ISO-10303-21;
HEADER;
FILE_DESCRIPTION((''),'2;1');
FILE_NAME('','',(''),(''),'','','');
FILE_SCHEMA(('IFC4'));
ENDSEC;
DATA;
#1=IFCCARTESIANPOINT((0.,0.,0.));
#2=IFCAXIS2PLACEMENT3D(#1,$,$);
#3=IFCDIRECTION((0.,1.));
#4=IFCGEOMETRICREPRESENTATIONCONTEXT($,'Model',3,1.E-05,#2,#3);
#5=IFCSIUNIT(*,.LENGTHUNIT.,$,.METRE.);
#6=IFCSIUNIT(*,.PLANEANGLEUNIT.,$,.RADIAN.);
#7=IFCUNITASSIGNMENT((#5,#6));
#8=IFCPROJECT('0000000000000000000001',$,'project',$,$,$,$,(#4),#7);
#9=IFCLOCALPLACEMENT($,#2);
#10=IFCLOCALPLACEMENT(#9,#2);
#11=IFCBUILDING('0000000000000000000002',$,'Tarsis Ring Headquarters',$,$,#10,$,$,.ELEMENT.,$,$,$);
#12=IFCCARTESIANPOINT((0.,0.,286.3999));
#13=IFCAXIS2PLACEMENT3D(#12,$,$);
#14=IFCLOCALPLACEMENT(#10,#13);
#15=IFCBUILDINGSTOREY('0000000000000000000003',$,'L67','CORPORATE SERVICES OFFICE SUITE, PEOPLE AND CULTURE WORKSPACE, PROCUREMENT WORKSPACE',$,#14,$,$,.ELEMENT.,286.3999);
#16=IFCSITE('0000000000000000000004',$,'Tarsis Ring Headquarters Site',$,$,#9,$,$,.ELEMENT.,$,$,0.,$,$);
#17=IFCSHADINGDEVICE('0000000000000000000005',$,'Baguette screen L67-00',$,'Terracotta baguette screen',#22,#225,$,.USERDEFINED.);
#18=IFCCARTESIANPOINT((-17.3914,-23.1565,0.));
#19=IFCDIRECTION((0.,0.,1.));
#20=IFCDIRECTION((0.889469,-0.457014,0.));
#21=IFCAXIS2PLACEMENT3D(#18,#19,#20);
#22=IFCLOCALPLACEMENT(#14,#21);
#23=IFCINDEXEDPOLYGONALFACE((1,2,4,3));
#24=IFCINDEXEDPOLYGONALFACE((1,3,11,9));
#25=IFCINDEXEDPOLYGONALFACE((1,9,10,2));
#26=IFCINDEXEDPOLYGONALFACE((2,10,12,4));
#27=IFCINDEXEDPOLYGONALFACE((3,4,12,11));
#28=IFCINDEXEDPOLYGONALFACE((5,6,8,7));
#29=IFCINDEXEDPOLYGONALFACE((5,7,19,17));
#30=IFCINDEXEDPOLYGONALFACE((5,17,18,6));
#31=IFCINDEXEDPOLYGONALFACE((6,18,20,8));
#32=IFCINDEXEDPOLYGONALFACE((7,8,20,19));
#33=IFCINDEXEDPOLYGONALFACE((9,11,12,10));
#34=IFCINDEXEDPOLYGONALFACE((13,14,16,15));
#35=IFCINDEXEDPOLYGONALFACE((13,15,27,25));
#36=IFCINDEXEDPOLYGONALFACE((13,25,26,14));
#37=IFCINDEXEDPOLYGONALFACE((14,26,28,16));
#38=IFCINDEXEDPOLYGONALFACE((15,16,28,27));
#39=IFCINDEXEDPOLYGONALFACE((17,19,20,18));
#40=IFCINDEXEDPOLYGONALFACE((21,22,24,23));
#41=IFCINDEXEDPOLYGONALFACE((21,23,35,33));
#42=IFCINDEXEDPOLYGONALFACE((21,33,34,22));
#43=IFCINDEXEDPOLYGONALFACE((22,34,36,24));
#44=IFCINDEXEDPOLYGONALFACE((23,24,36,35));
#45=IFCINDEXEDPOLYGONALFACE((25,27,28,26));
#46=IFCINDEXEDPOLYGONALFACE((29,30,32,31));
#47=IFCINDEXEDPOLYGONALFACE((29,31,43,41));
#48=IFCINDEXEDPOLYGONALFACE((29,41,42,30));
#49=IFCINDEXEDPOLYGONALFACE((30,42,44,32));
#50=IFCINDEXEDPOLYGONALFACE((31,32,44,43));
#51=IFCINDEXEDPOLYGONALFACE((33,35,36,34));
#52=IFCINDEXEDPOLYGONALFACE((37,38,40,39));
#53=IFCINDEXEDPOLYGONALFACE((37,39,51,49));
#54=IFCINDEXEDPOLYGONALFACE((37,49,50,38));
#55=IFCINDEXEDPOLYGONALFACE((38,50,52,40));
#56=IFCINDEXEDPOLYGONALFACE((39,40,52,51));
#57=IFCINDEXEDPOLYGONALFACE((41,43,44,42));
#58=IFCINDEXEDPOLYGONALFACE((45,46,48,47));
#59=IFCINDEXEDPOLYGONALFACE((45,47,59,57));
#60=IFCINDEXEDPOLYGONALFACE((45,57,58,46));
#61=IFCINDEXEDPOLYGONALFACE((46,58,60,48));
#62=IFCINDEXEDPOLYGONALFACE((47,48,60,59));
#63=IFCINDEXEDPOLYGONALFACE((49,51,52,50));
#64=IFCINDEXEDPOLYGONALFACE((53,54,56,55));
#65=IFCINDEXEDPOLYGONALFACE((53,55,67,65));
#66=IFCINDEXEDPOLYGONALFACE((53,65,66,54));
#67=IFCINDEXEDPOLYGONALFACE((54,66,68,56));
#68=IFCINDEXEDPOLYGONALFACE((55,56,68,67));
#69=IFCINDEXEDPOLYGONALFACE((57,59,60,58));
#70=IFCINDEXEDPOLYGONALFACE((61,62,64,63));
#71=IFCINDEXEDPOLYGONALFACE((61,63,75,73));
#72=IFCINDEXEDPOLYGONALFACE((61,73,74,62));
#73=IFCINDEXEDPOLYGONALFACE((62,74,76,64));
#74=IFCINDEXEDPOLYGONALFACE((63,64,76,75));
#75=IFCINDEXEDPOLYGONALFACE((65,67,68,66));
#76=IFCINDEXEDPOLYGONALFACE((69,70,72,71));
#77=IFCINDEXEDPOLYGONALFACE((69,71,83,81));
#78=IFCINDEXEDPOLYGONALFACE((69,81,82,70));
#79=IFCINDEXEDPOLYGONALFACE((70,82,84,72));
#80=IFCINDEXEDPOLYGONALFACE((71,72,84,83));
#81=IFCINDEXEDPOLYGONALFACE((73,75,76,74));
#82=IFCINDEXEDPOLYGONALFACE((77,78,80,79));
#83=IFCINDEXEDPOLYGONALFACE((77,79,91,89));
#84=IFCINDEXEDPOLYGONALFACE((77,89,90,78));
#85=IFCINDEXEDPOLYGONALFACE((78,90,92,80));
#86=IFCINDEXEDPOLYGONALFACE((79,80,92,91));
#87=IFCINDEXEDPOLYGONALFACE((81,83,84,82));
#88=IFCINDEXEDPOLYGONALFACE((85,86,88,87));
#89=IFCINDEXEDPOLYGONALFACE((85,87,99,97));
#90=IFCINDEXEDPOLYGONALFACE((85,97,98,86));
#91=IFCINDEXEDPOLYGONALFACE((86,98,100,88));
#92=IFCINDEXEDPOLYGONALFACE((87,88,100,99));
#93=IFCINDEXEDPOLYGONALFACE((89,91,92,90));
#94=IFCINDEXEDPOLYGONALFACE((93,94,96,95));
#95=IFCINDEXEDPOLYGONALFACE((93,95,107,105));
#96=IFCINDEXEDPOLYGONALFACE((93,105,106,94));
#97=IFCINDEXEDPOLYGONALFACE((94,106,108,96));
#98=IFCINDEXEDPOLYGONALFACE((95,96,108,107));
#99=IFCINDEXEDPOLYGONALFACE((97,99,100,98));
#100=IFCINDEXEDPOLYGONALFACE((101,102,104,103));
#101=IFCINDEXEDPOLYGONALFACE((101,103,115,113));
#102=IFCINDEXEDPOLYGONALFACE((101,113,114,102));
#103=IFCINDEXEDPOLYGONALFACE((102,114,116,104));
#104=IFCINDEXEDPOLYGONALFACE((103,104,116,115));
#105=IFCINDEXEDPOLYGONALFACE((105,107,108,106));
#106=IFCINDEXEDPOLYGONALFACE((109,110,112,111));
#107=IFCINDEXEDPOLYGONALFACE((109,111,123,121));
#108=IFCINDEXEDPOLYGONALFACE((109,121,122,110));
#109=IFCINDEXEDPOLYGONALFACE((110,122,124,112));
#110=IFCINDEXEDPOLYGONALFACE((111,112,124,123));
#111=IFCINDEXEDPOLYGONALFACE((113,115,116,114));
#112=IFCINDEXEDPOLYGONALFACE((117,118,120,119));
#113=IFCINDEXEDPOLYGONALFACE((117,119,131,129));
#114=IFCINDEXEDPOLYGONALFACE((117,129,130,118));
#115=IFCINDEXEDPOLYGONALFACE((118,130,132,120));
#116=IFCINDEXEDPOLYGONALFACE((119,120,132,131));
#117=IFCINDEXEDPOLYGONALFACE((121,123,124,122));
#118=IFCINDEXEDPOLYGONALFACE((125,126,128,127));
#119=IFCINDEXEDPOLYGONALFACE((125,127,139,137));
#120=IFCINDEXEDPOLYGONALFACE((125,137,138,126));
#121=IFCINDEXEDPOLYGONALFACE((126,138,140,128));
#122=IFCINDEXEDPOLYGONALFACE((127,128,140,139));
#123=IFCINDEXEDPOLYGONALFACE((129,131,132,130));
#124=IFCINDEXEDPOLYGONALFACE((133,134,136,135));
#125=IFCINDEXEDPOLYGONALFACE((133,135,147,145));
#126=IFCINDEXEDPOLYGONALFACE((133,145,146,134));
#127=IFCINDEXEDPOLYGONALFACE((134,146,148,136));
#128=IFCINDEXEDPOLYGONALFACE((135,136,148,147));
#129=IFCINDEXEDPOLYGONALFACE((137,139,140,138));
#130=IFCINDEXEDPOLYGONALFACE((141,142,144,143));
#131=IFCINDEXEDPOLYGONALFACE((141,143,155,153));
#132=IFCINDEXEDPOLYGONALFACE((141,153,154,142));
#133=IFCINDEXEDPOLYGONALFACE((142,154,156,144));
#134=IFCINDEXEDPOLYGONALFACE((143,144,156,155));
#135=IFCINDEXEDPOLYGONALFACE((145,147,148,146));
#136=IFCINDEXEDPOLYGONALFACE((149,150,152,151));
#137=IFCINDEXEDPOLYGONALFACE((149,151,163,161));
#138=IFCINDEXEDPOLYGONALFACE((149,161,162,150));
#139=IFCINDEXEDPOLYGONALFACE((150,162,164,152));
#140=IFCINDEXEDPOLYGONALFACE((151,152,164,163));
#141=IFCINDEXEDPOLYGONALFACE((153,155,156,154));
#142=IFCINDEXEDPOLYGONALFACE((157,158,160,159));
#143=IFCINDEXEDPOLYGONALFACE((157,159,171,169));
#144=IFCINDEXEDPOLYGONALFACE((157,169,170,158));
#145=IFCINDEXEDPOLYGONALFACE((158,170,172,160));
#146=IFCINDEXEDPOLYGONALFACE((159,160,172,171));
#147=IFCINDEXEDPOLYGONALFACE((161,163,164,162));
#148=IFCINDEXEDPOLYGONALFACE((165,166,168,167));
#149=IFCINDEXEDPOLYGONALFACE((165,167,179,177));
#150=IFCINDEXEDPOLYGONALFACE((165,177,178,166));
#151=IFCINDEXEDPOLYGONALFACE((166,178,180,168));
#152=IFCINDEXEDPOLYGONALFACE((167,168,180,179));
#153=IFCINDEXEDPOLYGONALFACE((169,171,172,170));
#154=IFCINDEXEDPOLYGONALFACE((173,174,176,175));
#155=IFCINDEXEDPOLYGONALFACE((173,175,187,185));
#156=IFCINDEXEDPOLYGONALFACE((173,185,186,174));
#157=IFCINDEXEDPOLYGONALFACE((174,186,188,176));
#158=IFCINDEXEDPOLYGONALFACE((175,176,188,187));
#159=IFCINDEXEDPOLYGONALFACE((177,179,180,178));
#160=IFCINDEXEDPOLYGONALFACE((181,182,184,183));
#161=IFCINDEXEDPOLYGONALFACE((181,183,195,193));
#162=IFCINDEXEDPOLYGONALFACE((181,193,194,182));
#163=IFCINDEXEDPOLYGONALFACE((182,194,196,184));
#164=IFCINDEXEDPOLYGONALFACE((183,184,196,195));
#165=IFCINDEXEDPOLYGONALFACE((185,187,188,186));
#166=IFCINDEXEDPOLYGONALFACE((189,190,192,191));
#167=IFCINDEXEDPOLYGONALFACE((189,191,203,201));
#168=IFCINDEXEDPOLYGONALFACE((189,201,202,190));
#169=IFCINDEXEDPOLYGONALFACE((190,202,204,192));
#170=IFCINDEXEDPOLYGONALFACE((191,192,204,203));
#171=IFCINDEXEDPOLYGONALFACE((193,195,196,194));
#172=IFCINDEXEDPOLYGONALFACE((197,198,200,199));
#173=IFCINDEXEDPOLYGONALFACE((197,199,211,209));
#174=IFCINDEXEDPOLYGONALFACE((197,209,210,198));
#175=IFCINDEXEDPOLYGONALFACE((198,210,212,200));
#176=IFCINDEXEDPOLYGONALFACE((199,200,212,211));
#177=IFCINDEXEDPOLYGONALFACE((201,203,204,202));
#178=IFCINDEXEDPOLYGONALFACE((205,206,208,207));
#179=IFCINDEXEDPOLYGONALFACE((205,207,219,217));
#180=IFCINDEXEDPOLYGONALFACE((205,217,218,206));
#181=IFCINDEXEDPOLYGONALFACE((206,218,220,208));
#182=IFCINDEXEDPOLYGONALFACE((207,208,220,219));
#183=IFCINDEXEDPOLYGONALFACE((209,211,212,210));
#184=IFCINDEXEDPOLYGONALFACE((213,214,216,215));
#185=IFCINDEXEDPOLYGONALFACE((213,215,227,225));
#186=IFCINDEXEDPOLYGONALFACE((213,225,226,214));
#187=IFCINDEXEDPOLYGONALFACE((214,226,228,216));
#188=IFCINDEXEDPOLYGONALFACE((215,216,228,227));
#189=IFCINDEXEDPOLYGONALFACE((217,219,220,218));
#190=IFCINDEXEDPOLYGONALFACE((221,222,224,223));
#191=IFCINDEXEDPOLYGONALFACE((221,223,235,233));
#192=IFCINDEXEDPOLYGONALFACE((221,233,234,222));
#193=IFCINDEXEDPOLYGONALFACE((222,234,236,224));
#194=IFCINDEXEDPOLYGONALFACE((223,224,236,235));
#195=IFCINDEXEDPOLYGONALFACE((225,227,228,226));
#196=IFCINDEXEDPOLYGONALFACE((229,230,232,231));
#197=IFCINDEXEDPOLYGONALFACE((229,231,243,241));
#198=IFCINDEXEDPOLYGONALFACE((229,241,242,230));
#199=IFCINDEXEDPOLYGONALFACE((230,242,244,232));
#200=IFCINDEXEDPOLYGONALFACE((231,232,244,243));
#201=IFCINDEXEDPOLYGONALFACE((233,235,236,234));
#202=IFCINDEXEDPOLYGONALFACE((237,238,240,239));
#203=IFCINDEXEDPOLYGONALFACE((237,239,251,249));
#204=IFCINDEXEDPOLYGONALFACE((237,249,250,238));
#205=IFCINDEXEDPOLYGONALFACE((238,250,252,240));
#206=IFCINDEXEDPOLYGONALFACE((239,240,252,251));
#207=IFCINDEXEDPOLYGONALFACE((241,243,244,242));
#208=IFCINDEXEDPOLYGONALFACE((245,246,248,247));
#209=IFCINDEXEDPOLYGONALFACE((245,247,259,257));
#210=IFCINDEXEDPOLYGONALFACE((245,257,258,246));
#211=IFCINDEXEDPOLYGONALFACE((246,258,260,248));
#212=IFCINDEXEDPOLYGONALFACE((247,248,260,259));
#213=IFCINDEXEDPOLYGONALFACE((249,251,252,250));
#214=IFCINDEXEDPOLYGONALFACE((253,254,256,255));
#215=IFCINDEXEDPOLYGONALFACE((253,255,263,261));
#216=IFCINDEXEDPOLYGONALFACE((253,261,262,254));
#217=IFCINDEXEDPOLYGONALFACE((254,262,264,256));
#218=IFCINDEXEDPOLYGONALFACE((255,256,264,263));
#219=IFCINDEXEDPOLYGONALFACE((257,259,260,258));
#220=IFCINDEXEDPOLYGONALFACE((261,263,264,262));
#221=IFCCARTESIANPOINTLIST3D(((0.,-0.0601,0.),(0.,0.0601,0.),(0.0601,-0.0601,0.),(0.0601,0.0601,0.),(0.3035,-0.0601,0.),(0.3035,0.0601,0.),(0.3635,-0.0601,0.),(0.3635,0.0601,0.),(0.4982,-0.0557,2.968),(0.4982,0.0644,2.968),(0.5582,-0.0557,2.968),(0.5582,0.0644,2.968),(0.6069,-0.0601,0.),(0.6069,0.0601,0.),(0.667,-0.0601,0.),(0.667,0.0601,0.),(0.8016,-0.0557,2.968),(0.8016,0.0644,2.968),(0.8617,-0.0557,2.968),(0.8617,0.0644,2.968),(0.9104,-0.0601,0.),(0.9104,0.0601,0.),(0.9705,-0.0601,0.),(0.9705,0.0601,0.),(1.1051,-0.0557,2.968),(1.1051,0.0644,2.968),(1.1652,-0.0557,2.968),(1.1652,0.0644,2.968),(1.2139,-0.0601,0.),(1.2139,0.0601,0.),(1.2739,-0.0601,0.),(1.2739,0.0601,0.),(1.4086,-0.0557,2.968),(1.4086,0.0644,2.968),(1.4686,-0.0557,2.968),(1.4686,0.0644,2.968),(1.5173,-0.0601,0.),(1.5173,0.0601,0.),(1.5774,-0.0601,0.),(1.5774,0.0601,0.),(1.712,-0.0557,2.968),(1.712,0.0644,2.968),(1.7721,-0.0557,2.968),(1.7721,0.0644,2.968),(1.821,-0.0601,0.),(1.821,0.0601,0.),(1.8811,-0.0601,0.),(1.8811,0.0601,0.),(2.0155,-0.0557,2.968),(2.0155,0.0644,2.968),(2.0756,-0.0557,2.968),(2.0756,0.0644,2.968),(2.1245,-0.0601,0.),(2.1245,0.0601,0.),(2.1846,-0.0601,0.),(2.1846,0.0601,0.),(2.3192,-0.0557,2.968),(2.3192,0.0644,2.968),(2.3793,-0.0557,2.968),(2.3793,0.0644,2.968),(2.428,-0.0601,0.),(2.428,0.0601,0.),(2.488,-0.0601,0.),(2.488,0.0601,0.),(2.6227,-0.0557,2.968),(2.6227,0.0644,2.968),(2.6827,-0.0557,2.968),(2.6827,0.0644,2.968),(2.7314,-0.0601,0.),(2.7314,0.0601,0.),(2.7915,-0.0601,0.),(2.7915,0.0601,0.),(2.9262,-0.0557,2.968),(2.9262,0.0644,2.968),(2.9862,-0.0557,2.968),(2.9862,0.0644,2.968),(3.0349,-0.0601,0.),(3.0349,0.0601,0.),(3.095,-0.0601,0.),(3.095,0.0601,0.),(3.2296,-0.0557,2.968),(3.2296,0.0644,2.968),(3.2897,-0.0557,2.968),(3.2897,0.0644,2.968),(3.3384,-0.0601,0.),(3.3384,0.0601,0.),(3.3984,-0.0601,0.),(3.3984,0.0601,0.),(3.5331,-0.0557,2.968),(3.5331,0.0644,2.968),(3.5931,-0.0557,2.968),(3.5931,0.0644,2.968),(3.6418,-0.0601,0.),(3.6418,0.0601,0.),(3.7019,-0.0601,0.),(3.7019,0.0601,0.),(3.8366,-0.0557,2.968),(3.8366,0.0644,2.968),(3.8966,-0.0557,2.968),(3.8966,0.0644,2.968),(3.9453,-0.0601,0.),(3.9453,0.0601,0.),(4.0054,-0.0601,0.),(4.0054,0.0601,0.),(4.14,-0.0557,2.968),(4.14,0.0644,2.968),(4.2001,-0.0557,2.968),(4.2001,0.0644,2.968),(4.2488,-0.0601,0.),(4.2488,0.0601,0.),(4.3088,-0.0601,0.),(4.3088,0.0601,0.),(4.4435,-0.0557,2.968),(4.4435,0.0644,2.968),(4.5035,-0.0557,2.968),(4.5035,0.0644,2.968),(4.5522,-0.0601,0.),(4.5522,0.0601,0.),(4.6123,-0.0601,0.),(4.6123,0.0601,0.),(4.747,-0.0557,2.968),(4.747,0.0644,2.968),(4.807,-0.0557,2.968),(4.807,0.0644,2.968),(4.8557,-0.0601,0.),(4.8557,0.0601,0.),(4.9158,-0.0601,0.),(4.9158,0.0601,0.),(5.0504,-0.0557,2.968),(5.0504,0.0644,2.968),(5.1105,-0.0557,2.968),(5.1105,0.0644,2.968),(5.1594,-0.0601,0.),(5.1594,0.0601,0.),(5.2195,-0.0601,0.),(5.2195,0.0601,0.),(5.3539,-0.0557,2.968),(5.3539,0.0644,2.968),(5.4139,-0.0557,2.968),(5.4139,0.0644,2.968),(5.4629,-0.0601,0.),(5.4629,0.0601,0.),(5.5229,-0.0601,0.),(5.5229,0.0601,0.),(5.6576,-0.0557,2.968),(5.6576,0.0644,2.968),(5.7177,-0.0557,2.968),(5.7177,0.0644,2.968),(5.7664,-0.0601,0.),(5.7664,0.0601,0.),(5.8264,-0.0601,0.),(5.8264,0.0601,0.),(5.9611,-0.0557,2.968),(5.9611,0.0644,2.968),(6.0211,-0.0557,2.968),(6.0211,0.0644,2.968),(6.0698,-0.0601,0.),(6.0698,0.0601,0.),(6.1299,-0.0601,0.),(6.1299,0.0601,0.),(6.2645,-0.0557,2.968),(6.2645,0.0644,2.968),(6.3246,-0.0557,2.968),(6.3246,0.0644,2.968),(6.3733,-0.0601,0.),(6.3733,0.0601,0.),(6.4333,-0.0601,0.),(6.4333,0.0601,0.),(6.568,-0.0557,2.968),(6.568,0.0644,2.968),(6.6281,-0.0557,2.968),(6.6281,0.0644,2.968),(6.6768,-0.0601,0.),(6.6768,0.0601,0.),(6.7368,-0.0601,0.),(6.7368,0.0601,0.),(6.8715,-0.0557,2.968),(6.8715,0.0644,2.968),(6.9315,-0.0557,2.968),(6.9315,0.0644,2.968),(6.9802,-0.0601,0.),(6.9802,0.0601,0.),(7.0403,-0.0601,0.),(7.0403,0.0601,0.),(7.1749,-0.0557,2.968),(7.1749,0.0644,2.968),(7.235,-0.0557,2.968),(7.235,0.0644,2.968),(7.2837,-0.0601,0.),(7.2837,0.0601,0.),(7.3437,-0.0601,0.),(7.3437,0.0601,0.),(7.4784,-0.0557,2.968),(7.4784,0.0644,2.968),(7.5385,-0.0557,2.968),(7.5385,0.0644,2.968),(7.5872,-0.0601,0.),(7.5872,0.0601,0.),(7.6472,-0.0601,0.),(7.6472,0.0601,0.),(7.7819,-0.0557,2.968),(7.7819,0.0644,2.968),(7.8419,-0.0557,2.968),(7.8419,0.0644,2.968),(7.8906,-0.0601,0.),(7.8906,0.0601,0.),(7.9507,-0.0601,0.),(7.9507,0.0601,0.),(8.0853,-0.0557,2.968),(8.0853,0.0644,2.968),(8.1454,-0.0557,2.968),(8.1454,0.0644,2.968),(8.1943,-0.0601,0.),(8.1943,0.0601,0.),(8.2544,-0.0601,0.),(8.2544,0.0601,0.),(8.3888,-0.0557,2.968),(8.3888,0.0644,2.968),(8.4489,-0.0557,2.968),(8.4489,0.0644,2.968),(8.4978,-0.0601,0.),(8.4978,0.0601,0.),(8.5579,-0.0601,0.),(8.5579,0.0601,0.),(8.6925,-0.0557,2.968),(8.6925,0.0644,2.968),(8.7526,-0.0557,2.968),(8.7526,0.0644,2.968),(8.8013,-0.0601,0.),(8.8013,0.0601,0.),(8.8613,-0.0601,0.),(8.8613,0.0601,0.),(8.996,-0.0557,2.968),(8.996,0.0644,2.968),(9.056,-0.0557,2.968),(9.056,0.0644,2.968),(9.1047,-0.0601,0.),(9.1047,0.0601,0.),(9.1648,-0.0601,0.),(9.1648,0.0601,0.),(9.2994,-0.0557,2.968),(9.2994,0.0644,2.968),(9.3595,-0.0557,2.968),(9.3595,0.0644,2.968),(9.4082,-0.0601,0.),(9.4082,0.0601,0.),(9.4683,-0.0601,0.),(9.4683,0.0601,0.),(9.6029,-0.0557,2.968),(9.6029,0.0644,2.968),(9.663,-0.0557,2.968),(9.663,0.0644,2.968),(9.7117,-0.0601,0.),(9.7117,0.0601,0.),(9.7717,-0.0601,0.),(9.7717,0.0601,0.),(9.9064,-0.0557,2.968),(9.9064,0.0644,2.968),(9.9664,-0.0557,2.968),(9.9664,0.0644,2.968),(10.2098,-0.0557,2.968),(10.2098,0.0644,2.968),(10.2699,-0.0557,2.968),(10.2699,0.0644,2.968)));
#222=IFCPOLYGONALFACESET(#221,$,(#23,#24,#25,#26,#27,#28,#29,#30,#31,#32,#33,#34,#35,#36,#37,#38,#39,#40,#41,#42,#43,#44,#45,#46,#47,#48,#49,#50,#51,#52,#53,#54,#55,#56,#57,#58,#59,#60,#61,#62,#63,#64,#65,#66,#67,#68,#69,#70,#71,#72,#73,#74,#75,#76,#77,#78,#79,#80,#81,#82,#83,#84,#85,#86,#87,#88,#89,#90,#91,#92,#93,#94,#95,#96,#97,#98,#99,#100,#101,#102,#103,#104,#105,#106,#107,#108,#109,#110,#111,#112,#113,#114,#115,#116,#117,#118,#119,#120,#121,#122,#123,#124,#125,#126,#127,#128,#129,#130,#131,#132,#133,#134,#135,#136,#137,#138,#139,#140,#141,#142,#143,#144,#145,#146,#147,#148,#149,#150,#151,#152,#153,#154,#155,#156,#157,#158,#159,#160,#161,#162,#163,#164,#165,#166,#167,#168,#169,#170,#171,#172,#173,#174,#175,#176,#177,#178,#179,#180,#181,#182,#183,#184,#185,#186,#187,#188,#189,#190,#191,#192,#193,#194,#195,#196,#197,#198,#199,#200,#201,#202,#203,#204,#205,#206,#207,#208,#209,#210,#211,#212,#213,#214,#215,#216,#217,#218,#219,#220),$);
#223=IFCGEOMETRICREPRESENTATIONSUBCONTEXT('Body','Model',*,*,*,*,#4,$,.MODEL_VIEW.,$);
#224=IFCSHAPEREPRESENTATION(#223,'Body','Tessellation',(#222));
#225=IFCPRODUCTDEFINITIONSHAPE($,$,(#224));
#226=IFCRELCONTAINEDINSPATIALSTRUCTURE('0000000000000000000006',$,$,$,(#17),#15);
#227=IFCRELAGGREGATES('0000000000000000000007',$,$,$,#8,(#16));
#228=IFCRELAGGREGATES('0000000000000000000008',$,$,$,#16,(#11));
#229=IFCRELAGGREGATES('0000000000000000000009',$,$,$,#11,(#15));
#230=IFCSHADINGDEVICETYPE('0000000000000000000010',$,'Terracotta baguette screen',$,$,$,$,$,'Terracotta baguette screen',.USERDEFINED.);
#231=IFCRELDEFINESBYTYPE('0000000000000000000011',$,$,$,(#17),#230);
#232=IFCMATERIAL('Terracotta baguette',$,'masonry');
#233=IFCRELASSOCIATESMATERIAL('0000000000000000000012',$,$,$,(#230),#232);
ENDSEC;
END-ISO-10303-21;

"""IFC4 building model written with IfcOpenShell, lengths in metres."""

from ifc_helpers import new_model, si_unit, direction, frame, frame_2d, origin, place, context, subcontext, project, spatial, rectangle, composite_profile, extrude, material, type_object, element, save


model = new_model("IFC4")

# Units and contexts
model_context = context("Model", 3, precision=1e-05, world=origin(), true_north=direction((0.0, 1.0)))
body_context = subcontext(model_context, "Body", "Model", "MODEL_VIEW")
ifc_project = project(units=[si_unit("LENGTHUNIT", "METRE"), si_unit("PLANEANGLEUNIT", "RADIAN")], contexts=[model_context])

# Site, building, storey
site_placement = place(None, origin())
site = spatial("IfcSite", under=ifc_project, at=site_placement, Name="Tarsis Ring Headquarters Site", CompositionType="ELEMENT", RefElevation=0.0)
building_placement = place(site_placement, origin())
building = spatial("IfcBuilding", under=site, at=building_placement, Name="Tarsis Ring Headquarters", CompositionType="ELEMENT")
storey_placement = place(building_placement, frame((0.0, 0.0, 286.3999)))
storey = spatial("IfcBuildingStorey", under=building, at=storey_placement, Name="L67", Description="CORPORATE SERVICES OFFICE SUITE, PEOPLE AND CULTURE WORKSPACE, PROCUREMENT WORKSPACE", CompositionType="ELEMENT", Elevation=286.3999)

# Shading device
ifc_material_1 = material(Name="Terracotta baguette", Category="masonry")
shading_device_type = type_object("IfcShadingDeviceType", Name="Terracotta baguette screen", ElementType="Terracotta baguette screen", PredefinedType="USERDEFINED", material=ifc_material_1)
shading_device_1_placement = place(storey_placement, frame((-17.3914, -23.1565, 0.0), z_axis=(0.0, 0.0, 1.0), x_axis=(0.889469, -0.457014, 0.0)))
element("IfcShadingDevice", 1, at=shading_device_1_placement, inside=storey, type_object=shading_device_type, Name="Baguette screen L67-00", ObjectType="Terracotta baguette screen", PredefinedType="USERDEFINED", context=body_context, shape_type="SweptSolid", body=[
    extrude(composite_profile([rectangle(XDim=0.0601, YDim=0.1201, at=frame_2d((0.03, 0.0))), rectangle(XDim=0.0601, YDim=0.1201, at=frame_2d((0.3335, 0.0))), rectangle(XDim=0.0601, YDim=0.1201, at=frame_2d((0.637, 0.0))), rectangle(XDim=0.0601, YDim=0.1201, at=frame_2d((0.9404, 0.0))), rectangle(XDim=0.0601, YDim=0.1201, at=frame_2d((1.2439, 0.0))), rectangle(XDim=0.0601, YDim=0.1201, at=frame_2d((1.5474, 0.0))), rectangle(XDim=0.0601, YDim=0.1201, at=frame_2d((1.8511, 0.0))), rectangle(XDim=0.0601, YDim=0.1201, at=frame_2d((2.1545, 0.0))), rectangle(XDim=0.0601, YDim=0.1201, at=frame_2d((2.458, 0.0))), rectangle(XDim=0.0601, YDim=0.1201, at=frame_2d((2.7615, 0.0))), rectangle(XDim=0.0601, YDim=0.1201, at=frame_2d((3.0649, 0.0))), rectangle(XDim=0.0601, YDim=0.1201, at=frame_2d((3.3684, 0.0))), rectangle(XDim=0.0601, YDim=0.1201, at=frame_2d((3.6719, 0.0))), rectangle(XDim=0.0601, YDim=0.1201, at=frame_2d((3.9753, 0.0))), rectangle(XDim=0.0601, YDim=0.1201, at=frame_2d((4.2788, 0.0))), rectangle(XDim=0.0601, YDim=0.1201, at=frame_2d((4.5823, 0.0))), rectangle(XDim=0.0601, YDim=0.1201, at=frame_2d((4.8857, 0.0))), rectangle(XDim=0.0601, YDim=0.1201, at=frame_2d((5.1895, 0.0))), rectangle(XDim=0.0601, YDim=0.1201, at=frame_2d((5.4929, 0.0))), rectangle(XDim=0.0601, YDim=0.1201, at=frame_2d((5.7964, 0.0))), rectangle(XDim=0.0601, YDim=0.1201, at=frame_2d((6.0999, 0.0))), rectangle(XDim=0.0601, YDim=0.1201, at=frame_2d((6.4033, 0.0))), rectangle(XDim=0.0601, YDim=0.1201, at=frame_2d((6.7068, 0.0))), rectangle(XDim=0.0601, YDim=0.1201, at=frame_2d((7.0103, 0.0))), rectangle(XDim=0.0601, YDim=0.1201, at=frame_2d((7.3137, 0.0))), rectangle(XDim=0.0601, YDim=0.1201, at=frame_2d((7.6172, 0.0))), rectangle(XDim=0.0601, YDim=0.1201, at=frame_2d((7.9207, 0.0))), rectangle(XDim=0.0601, YDim=0.1201, at=frame_2d((8.2244, 0.0))), rectangle(XDim=0.0601, YDim=0.1201, at=frame_2d((8.5278, 0.0))), rectangle(XDim=0.0601, YDim=0.1201, at=frame_2d((8.8313, 0.0))), rectangle(XDim=0.0601, YDim=0.1201, at=frame_2d((9.1348, 0.0))), rectangle(XDim=0.0601, YDim=0.1201, at=frame_2d((9.4382, 0.0))), rectangle(XDim=0.0601, YDim=0.1201, at=frame_2d((9.7417, 0.0)))]), origin(), (0.165534, 0.001443, 0.986203), 3.0095),
])

save(model, "model.ifc")
